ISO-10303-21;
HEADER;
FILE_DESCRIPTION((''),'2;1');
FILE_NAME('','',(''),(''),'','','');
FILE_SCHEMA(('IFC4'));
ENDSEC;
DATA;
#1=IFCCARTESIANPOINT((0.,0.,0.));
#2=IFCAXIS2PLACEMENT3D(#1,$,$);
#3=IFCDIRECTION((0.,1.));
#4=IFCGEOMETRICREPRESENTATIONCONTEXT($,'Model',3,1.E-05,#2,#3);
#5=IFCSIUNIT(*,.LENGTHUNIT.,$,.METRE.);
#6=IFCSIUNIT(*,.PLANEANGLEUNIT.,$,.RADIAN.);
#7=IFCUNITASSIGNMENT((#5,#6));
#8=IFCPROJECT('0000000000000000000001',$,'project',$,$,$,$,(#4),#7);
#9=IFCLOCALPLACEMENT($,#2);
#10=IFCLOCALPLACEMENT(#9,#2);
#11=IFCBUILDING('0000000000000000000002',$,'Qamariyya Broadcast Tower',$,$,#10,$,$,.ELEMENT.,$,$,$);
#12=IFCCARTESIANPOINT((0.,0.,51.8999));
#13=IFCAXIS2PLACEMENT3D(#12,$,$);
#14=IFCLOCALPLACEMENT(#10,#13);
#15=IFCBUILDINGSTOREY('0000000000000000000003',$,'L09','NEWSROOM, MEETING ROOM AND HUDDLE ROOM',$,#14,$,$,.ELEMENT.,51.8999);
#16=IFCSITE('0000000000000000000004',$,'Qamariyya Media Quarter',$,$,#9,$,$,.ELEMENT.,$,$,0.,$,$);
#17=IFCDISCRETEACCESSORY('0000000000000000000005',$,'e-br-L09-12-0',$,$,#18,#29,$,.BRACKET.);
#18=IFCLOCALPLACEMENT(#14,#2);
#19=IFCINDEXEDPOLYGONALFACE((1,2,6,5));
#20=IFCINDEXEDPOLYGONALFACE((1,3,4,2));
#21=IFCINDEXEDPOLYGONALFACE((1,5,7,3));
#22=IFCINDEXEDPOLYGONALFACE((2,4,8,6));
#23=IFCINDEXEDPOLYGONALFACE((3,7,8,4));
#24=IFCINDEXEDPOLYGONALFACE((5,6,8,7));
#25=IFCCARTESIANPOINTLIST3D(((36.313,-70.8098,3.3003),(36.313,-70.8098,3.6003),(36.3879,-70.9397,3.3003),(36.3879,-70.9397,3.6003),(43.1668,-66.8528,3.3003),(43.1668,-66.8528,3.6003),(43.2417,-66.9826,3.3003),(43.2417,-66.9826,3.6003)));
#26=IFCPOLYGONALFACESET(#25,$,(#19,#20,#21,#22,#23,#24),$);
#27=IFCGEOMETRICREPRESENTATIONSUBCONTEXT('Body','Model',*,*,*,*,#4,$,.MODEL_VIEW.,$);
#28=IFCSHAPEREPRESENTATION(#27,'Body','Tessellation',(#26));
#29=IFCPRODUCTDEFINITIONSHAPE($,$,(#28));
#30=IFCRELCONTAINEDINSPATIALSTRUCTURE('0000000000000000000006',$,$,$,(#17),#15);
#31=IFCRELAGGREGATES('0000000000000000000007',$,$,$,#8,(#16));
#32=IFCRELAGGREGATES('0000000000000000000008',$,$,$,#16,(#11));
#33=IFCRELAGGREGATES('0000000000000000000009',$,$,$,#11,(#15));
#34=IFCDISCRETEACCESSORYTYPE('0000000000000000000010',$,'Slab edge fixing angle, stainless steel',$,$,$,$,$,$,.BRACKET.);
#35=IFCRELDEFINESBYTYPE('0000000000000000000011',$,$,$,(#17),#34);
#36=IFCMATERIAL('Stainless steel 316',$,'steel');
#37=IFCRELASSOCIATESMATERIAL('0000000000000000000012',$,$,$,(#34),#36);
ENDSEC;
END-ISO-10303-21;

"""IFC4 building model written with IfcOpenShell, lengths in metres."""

from ifc_helpers import new_model, si_unit, direction, frame, origin, origin_2d, place, context, subcontext, project, spatial, rectangle, extrude, material, type_object, element, save


model = new_model("IFC4")

# Units and contexts
model_context = context("Model", 3, precision=1e-05, world=origin(), true_north=direction((0.0, 1.0)))
body_context = subcontext(model_context, "Body", "Model", "MODEL_VIEW")
ifc_project = project(units=[si_unit("LENGTHUNIT", "METRE"), si_unit("PLANEANGLEUNIT", "RADIAN")], contexts=[model_context])

# Site, building, storey
site_placement = place(None, origin())
site = spatial("IfcSite", under=ifc_project, at=site_placement, Name="Qamariyya Media Quarter", CompositionType="ELEMENT", RefElevation=0.0)
building_placement = place(site_placement, origin())
building = spatial("IfcBuilding", under=site, at=building_placement, Name="Qamariyya Broadcast Tower", CompositionType="ELEMENT")
storey_placement = place(building_placement, frame((0.0, 0.0, 51.8999)))
storey = spatial("IfcBuildingStorey", under=building, at=storey_placement, Name="L09", Description="NEWSROOM, MEETING ROOM AND HUDDLE ROOM", CompositionType="ELEMENT", Elevation=51.8999)

# Discrete accessory
ifc_material_1 = material(Name="Stainless steel 316", Category="steel")
discrete_accessory_type = type_object("IfcDiscreteAccessoryType", Name="Slab edge fixing angle, stainless steel", PredefinedType="BRACKET", material=ifc_material_1)
discrete_accessory_placement = place(storey_placement, frame((39.7773, -68.8962, 3.3003), z_axis=(0.0, 0.0, 1.0), x_axis=(0.866025, 0.5, 0.0)))
element("IfcDiscreteAccessory", 1, at=discrete_accessory_placement, inside=storey, type_object=discrete_accessory_type, Name="e-br-L09-12-0", PredefinedType="BRACKET", context=body_context, shape_type="SweptSolid", body=[
    extrude(rectangle(XDim=7.9141, YDim=0.1499, at=origin_2d()), origin(), (0.0, 0.0, 1.0), 0.3),
])

save(model, "model.ifc")
